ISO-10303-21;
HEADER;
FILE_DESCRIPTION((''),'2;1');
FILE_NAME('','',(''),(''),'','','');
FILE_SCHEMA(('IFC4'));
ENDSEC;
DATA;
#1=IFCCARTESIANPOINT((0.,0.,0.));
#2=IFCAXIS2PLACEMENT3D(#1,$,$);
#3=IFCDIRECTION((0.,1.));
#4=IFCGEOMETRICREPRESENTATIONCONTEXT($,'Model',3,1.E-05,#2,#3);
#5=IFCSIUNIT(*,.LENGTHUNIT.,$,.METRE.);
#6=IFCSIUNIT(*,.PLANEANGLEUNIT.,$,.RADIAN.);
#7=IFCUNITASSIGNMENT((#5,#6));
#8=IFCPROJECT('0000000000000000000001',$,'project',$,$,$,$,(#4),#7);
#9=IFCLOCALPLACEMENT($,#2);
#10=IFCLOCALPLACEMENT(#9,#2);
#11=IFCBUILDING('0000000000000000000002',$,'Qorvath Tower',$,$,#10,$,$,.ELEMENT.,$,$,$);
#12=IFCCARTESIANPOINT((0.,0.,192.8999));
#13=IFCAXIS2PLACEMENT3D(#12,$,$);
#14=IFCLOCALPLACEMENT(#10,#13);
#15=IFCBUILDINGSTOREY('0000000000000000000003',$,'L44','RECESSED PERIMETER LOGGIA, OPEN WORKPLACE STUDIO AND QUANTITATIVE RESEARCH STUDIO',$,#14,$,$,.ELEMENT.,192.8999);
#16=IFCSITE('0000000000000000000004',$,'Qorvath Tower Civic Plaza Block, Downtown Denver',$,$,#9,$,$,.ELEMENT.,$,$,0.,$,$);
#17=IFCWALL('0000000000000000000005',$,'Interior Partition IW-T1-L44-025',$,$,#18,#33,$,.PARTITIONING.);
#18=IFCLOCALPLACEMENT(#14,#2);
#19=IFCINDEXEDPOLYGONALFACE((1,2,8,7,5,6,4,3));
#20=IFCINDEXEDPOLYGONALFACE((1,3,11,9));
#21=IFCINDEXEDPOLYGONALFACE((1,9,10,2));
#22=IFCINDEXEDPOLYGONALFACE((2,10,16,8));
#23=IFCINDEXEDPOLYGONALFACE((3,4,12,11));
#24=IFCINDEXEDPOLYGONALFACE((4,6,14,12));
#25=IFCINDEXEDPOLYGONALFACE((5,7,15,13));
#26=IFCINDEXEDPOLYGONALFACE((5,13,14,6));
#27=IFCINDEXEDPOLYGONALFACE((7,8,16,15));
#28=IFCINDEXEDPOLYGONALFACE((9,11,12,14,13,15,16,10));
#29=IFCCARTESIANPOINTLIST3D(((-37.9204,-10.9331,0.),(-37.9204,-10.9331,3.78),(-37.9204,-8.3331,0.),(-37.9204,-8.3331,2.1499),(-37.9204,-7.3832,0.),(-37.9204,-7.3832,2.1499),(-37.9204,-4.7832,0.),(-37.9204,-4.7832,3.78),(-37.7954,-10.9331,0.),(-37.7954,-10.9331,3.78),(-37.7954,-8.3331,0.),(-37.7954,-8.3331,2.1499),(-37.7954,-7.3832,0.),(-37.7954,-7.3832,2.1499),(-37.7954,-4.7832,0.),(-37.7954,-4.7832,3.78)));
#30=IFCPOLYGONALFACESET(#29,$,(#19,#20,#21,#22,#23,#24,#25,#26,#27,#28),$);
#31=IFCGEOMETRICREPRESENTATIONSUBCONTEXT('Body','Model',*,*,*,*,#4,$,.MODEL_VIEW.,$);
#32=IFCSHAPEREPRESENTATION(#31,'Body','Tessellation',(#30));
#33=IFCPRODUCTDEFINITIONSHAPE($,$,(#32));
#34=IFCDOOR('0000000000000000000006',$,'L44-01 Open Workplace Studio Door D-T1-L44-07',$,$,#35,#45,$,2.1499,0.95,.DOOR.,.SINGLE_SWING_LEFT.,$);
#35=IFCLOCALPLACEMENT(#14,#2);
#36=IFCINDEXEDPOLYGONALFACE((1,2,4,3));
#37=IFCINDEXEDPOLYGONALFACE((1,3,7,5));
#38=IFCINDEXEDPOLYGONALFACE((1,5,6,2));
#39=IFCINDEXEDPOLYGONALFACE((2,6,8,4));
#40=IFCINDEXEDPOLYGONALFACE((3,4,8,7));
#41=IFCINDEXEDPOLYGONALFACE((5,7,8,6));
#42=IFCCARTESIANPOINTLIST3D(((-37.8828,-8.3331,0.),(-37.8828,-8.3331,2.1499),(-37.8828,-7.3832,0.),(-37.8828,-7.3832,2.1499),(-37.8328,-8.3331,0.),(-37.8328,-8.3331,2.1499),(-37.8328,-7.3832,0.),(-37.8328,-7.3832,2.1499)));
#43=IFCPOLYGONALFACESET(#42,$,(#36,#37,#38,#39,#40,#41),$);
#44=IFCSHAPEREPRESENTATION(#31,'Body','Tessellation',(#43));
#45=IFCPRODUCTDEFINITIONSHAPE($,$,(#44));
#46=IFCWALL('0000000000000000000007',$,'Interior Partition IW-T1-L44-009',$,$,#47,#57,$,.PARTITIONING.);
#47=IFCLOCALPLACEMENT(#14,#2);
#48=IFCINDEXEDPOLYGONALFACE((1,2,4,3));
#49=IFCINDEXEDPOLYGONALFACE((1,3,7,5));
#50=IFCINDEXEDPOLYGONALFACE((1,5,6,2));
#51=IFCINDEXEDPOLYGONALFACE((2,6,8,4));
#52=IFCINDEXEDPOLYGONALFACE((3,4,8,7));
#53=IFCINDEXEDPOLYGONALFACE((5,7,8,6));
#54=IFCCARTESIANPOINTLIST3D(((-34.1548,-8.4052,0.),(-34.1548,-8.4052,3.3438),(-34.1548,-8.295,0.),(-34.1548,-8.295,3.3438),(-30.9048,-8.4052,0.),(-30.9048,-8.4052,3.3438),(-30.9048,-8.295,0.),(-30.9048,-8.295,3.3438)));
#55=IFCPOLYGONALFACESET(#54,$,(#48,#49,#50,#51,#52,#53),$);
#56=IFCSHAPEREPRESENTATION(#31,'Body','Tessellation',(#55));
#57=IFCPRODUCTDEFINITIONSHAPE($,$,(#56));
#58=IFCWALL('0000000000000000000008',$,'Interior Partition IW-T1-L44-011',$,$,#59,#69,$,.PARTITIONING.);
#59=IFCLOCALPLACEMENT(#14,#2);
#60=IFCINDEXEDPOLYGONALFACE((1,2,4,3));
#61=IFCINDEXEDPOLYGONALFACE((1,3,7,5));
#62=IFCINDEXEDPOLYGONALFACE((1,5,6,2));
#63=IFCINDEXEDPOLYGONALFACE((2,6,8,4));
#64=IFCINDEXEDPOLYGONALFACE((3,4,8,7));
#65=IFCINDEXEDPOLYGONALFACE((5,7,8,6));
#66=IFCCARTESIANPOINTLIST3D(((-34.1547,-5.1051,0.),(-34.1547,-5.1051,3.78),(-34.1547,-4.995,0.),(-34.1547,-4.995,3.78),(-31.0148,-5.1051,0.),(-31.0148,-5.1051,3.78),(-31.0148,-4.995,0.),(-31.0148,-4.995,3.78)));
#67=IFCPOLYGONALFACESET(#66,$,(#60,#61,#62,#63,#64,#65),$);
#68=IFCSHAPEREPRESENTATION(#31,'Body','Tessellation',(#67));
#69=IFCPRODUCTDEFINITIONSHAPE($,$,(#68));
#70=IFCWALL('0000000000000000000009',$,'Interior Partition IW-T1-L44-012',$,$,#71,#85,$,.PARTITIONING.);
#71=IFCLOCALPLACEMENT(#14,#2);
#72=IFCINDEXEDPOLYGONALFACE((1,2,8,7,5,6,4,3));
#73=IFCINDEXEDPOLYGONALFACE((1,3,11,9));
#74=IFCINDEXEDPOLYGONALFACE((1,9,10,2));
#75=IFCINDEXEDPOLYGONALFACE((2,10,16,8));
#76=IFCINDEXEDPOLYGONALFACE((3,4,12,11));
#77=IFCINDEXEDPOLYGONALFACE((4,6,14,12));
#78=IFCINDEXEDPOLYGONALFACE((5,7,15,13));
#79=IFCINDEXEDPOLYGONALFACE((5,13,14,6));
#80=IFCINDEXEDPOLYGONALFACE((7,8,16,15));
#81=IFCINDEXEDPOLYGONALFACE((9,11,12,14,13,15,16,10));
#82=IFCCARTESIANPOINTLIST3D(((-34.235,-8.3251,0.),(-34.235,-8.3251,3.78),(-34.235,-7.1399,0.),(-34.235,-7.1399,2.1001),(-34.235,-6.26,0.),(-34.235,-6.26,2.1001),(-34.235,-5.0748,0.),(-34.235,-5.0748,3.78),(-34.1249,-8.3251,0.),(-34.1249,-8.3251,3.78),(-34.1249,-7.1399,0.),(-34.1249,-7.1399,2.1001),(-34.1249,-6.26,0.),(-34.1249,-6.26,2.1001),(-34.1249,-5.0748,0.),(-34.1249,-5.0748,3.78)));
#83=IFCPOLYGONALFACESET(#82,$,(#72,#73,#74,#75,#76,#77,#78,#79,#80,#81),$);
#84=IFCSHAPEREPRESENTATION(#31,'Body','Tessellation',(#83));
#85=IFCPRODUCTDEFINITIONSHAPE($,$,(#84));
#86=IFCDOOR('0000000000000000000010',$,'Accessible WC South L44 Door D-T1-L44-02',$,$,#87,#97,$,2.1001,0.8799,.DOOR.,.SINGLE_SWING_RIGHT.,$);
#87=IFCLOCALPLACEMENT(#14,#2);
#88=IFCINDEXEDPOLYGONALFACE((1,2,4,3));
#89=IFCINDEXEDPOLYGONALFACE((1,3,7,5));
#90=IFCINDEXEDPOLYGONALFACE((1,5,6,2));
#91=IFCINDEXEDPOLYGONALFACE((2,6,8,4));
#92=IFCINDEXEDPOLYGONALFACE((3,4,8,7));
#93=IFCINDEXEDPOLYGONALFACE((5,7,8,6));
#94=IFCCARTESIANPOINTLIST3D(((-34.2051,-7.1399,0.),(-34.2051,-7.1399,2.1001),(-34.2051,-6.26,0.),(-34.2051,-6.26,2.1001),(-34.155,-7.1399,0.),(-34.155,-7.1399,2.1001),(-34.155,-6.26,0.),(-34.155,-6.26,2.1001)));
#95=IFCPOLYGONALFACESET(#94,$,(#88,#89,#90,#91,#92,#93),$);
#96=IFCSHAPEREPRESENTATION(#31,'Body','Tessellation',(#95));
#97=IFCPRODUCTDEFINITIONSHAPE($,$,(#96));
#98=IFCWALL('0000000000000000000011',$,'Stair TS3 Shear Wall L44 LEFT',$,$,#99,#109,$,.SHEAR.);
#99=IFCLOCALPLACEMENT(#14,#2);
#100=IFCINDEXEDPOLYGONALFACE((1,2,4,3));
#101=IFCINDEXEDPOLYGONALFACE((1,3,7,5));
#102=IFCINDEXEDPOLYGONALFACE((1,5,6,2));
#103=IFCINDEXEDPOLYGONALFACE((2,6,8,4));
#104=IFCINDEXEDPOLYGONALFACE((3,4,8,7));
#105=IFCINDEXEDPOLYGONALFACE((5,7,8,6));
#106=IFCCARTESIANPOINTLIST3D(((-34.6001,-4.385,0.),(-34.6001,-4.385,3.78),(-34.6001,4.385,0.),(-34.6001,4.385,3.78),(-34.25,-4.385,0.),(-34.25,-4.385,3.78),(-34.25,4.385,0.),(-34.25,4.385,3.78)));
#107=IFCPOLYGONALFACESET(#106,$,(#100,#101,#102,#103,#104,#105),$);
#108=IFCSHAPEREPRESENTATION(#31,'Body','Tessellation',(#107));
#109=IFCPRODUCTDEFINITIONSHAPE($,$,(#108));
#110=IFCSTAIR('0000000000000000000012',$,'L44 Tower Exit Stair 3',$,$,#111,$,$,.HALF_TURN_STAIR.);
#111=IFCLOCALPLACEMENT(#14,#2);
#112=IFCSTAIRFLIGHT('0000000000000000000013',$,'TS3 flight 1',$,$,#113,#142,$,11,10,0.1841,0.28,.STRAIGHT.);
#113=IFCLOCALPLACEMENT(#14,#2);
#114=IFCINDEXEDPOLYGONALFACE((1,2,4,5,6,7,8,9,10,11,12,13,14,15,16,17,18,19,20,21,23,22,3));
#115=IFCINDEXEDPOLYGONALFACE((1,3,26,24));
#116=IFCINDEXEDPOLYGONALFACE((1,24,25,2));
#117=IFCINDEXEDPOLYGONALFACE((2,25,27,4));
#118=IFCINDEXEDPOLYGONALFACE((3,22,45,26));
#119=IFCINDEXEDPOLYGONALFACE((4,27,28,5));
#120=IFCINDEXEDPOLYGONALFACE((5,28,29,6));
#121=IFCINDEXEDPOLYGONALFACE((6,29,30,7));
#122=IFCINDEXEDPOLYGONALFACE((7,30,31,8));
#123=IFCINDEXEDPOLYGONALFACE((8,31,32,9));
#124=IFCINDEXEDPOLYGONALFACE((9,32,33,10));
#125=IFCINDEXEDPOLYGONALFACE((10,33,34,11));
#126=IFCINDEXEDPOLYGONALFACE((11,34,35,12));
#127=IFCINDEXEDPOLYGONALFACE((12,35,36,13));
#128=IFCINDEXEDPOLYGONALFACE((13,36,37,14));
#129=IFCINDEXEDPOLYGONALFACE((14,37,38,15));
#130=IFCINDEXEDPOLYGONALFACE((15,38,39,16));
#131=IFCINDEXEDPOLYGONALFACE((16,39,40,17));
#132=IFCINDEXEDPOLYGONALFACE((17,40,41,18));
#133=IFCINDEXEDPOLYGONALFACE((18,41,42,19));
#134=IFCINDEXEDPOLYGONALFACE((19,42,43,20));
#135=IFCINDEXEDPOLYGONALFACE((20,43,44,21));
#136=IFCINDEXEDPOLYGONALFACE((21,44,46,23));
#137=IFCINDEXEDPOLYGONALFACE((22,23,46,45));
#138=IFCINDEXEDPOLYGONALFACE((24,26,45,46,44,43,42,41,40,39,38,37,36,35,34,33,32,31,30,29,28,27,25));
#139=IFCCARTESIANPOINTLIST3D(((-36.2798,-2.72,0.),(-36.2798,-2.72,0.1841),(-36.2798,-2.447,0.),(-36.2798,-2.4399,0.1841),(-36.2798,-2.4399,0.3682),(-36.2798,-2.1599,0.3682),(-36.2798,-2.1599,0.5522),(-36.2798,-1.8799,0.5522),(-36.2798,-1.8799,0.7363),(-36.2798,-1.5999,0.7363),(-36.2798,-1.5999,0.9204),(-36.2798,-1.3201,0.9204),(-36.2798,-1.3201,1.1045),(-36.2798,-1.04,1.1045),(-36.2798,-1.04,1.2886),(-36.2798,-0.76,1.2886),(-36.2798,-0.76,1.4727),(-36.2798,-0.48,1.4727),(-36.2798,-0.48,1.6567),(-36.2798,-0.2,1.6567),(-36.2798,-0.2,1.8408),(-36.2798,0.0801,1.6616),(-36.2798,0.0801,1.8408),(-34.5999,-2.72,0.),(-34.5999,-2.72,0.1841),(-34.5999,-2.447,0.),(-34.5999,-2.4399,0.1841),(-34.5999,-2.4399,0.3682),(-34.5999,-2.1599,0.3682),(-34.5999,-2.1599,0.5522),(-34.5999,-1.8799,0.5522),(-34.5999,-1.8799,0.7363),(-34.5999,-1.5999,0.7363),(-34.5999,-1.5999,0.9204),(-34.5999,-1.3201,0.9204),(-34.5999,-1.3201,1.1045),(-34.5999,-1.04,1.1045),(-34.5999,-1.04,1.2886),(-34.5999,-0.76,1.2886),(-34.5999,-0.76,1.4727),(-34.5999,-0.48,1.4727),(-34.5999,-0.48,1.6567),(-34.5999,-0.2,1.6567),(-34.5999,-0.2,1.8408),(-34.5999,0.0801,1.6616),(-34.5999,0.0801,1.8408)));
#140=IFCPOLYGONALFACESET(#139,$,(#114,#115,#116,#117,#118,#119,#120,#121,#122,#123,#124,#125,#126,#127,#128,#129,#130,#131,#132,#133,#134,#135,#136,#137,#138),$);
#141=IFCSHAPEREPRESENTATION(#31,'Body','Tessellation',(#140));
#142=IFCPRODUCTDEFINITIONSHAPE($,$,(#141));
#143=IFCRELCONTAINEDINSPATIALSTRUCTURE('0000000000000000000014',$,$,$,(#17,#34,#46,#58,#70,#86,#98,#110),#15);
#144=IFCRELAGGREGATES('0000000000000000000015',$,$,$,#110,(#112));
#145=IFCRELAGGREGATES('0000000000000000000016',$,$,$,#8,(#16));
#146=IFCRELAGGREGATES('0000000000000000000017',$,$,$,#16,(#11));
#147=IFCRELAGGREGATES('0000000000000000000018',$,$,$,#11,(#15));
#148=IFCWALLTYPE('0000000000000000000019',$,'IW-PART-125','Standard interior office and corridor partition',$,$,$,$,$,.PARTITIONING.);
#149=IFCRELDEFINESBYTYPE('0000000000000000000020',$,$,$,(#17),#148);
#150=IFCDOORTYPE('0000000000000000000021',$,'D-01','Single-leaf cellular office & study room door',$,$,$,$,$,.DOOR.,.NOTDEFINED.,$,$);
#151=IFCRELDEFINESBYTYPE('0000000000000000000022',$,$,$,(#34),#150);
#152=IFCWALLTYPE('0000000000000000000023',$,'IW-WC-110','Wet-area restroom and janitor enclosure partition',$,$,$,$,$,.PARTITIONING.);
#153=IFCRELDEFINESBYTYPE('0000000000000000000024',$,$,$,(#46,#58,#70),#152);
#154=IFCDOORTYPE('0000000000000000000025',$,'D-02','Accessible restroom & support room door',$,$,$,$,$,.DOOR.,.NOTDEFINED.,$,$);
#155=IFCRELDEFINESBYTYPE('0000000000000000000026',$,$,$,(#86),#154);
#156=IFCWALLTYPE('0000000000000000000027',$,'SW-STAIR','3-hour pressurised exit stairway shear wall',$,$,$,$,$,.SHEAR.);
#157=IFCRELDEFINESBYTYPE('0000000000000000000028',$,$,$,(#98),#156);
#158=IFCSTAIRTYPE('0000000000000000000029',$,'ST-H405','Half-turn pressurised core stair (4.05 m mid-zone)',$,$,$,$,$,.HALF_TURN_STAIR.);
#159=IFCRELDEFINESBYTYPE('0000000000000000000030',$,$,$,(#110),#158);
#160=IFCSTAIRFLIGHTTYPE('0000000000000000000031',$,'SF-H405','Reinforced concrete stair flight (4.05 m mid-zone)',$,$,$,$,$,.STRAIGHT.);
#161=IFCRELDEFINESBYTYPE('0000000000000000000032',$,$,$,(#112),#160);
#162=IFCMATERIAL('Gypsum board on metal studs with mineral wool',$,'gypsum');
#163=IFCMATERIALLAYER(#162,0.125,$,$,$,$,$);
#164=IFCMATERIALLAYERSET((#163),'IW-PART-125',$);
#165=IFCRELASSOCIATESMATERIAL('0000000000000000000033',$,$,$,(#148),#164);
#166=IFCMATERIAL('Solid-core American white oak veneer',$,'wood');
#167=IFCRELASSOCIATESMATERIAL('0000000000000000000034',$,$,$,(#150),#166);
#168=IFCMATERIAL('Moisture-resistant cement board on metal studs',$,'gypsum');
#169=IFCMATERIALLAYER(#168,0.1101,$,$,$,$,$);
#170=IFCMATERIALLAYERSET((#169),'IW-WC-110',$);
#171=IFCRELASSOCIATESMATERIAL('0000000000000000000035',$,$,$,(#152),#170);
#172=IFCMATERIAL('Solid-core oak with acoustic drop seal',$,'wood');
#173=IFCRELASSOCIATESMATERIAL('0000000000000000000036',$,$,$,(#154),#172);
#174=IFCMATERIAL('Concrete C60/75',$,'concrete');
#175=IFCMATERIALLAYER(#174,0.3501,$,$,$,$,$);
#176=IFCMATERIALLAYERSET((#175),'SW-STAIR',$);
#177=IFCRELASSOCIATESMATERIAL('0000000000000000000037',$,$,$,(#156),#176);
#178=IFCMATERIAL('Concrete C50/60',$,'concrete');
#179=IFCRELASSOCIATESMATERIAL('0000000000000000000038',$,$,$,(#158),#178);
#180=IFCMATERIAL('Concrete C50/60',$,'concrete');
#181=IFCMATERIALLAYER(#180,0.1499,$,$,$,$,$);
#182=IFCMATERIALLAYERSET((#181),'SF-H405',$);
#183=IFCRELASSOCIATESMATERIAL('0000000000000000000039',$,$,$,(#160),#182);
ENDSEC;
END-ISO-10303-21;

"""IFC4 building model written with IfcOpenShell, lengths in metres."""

from ifc_helpers import new_model, si_unit, direction, frame, frame_2d, origin, place, context, subcontext, project, spatial, polyline, rectangle, outline, extrude, material, layer, layer_set, type_object, element, fill, aggregate, save


model = new_model("IFC4")

# Units and contexts
model_context = context("Model", 3, precision=1e-05, world=origin(), true_north=direction((0.0, 1.0)))
body_context = subcontext(model_context, "Body", "Model", "MODEL_VIEW")
ifc_project = project(units=[si_unit("LENGTHUNIT", "METRE"), si_unit("PLANEANGLEUNIT", "RADIAN")], contexts=[model_context])

# Site, building, storey
site_placement = place(None, origin())
site = spatial("IfcSite", under=ifc_project, at=site_placement, Name="Qorvath Tower Civic Plaza Block, Downtown Denver", CompositionType="ELEMENT", RefElevation=0.0)
building_placement = place(site_placement, origin())
building = spatial("IfcBuilding", under=site, at=building_placement, Name="Qorvath Tower", CompositionType="ELEMENT")
storey_placement = place(building_placement, frame((0.0, 0.0, 192.8999)))
storey = spatial("IfcBuildingStorey", under=building, at=storey_placement, Name="L44", Description="RECESSED PERIMETER LOGGIA, OPEN WORKPLACE STUDIO AND QUANTITATIVE RESEARCH STUDIO", CompositionType="ELEMENT", Elevation=192.8999)

# Shared definitions
ifc_material_1 = material(Name="Gypsum board on metal studs with mineral wool", Category="gypsum")
ifc_layer_1 = layer(ifc_material_1, 0.125)
ifc_layer_set_1 = layer_set([ifc_layer_1], Name="IW-PART-125")
wall_type_1 = type_object("IfcWallType", Name="IW-PART-125", Description="Standard interior office and corridor partition", PredefinedType="PARTITIONING", material=ifc_layer_set_1)

# Wall, opening, door
wall_1_placement = place(storey_placement, frame((-37.8579, -10.9331, 0.0), z_axis=(0.0, 0.0, 1.0), x_axis=(0.0, 1.0, 0.0)))
wall_1 = element("IfcWall", 1, at=wall_1_placement, inside=storey, type_object=wall_type_1, Name="Interior Partition IW-T1-L44-025", PredefinedType="PARTITIONING", context=body_context, shape_type="SweptSolid", body=[
    extrude(rectangle(XDim=6.1499, YDim=0.125, at=frame_2d((3.075, 0.0))), origin(), (0.0, 0.0, 1.0), 3.78),
])
opening_1_placement = place(wall_1_placement, frame((2.5999, 0.0, 0.0)))
opening_1 = element("IfcOpeningElement", 2, at=opening_1_placement, cuts=wall_1, PredefinedType="OPENING", context=body_context, shape_type="SweptSolid", body=[
    extrude(rectangle(XDim=0.95, YDim=2.1499, at=frame_2d((0.4751, 1.075))), frame((0.0, 0.0725, 0.0), z_axis=(0.0, -1.0, 0.0), x_axis=(1.0, 0.0, 0.0)), (0.0, 0.0, 1.0), 0.145),
])
ifc_material_2 = material(Name="Solid-core American white oak veneer", Category="wood")
door_type_1 = type_object("IfcDoorType", Name="D-01", Description="Single-leaf cellular office & study room door", OperationType="NOTDEFINED", PredefinedType="DOOR", material=ifc_material_2)
door_1_placement = place(opening_1_placement, origin())
door_1 = element("IfcDoor", 3, at=door_1_placement, inside=storey, type_object=door_type_1, Name="L44-01 Open Workplace Studio Door D-T1-L44-07", OperationType="SINGLE_SWING_LEFT", OverallHeight=2.1499, OverallWidth=0.95, PredefinedType="DOOR", context=body_context, shape_type="SweptSolid", body=[
    extrude(rectangle(XDim=0.95, YDim=2.1499, at=frame_2d((0.4751, 1.075))), frame((0.0, 0.0249, 0.0), z_axis=(0.0, -1.0, 0.0), x_axis=(1.0, 0.0, 0.0)), (0.0, 0.0, 1.0), 0.05),
])
fill(opening_1, door_1)

# Walls
ifc_material_3 = material(Name="Moisture-resistant cement board on metal studs", Category="gypsum")
ifc_layer_2 = layer(ifc_material_3, 0.1101)
ifc_layer_set_2 = layer_set([ifc_layer_2], Name="IW-WC-110")
wall_type_2 = type_object("IfcWallType", Name="IW-WC-110", Description="Wet-area restroom and janitor enclosure partition", PredefinedType="PARTITIONING", material=ifc_layer_set_2)
wall_2_placement = place(storey_placement, frame((-34.1548, -8.3501, 0.0), z_axis=(0.0, 0.0, 1.0), x_axis=(1.0, 0.0, 0.0)))
element("IfcWall", 4, at=wall_2_placement, inside=storey, type_object=wall_type_2, Name="Interior Partition IW-T1-L44-009", PredefinedType="PARTITIONING", context=body_context, shape_type="SweptSolid", body=[
    extrude(rectangle(XDim=3.25, YDim=0.1101, at=frame_2d((1.625, 0.0))), origin(), (0.0, 0.0, 1.0), 3.3438),
])
wall_3_placement = place(storey_placement, frame((-31.0149, -5.05, 0.0), z_axis=(0.0, 0.0, 1.0), x_axis=(-1.0, 0.0, 0.0)))
element("IfcWall", 5, at=wall_3_placement, inside=storey, type_object=wall_type_2, Name="Interior Partition IW-T1-L44-011", PredefinedType="PARTITIONING", context=body_context, shape_type="SweptSolid", body=[
    extrude(rectangle(XDim=3.1399, YDim=0.1101, at=frame_2d((1.5698, 0.0))), origin(), (0.0, 0.0, 1.0), 3.78),
])

# Wall, opening, door
wall_4_placement = place(storey_placement, frame((-34.1799, -5.075, 0.0), z_axis=(0.0, 0.0, 1.0), x_axis=(0.0, -1.0, 0.0)))
wall_4 = element("IfcWall", 6, at=wall_4_placement, inside=storey, type_object=wall_type_2, Name="Interior Partition IW-T1-L44-012", PredefinedType="PARTITIONING", context=body_context, shape_type="SweptSolid", body=[
    extrude(rectangle(XDim=3.2502, YDim=0.1101, at=frame_2d((1.625, 0.0))), origin(), (0.0, 0.0, 1.0), 3.78),
])
opening_2_placement = place(wall_4_placement, frame((1.1851, 0.0, 0.0)))
opening_2 = element("IfcOpeningElement", 7, at=opening_2_placement, cuts=wall_4, PredefinedType="OPENING", context=body_context, shape_type="SweptSolid", body=[
    extrude(rectangle(XDim=0.8799, YDim=2.1001, at=frame_2d((0.4399, 1.05))), frame((0.0, 0.0649, 0.0), z_axis=(0.0, -1.0, 0.0), x_axis=(1.0, 0.0, 0.0)), (0.0, 0.0, 1.0), 0.1301),
])
ifc_material_4 = material(Name="Solid-core oak with acoustic drop seal", Category="wood")
door_type_2 = type_object("IfcDoorType", Name="D-02", Description="Accessible restroom & support room door", OperationType="NOTDEFINED", PredefinedType="DOOR", material=ifc_material_4)
door_2_placement = place(opening_2_placement, origin())
door_2 = element("IfcDoor", 8, at=door_2_placement, inside=storey, type_object=door_type_2, Name="Accessible WC South L44 Door D-T1-L44-02", OperationType="SINGLE_SWING_RIGHT", OverallHeight=2.1001, OverallWidth=0.8799, PredefinedType="DOOR", context=body_context, shape_type="SweptSolid", body=[
    extrude(rectangle(XDim=0.8799, YDim=2.1001, at=frame_2d((0.4399, 1.05))), frame((0.0, 0.0249, 0.0), z_axis=(0.0, -1.0, 0.0), x_axis=(1.0, 0.0, 0.0)), (0.0, 0.0, 1.0), 0.05),
])
fill(opening_2, door_2)

# Wall
ifc_material_5 = material(Name="Concrete C60/75", Category="concrete")
ifc_layer_3 = layer(ifc_material_5, 0.3501)
ifc_layer_set_3 = layer_set([ifc_layer_3], Name="SW-STAIR")
wall_type_3 = type_object("IfcWallType", Name="SW-STAIR", Description="3-hour pressurised exit stairway shear wall", PredefinedType="SHEAR", material=ifc_layer_set_3)
wall_5_placement = place(storey_placement, frame((-34.425, -4.385, 0.0), z_axis=(0.0, 0.0, 1.0), x_axis=(0.0, 1.0, 0.0)))
element("IfcWall", 9, at=wall_5_placement, inside=storey, type_object=wall_type_3, Name="Stair TS3 Shear Wall L44 LEFT", PredefinedType="SHEAR", context=body_context, shape_type="SweptSolid", body=[
    extrude(rectangle(XDim=8.77, YDim=0.3501, at=frame_2d((4.385, 0.0))), origin(), (0.0, 0.0, 1.0), 3.78),
])

# Stair, stair flight
ifc_material_6 = material(Name="Concrete C50/60", Category="concrete")
stair_type = type_object("IfcStairType", Name="ST-H405", Description="Half-turn pressurised core stair (4.05 m mid-zone)", PredefinedType="HALF_TURN_STAIR", material=ifc_material_6)
stair_placement = place(storey_placement, origin())
stair = element("IfcStair", 10, at=stair_placement, inside=storey, type_object=stair_type, Name="L44 Tower Exit Stair 3", PredefinedType="HALF_TURN_STAIR")
ifc_material_7 = material(Name="Concrete C50/60", Category="concrete")
ifc_layer_4 = layer(ifc_material_7, 0.1499)
ifc_layer_set_4 = layer_set([ifc_layer_4], Name="SF-H405")
stair_flight_type = type_object("IfcStairFlightType", Name="SF-H405", Description="Reinforced concrete stair flight (4.05 m mid-zone)", PredefinedType="STRAIGHT", material=ifc_layer_set_4)
stair_flight_placement = place(storey_placement, frame((-35.4399, -2.72, 0.0), z_axis=(0.0, 0.0, 1.0), x_axis=(0.0, 1.0, 0.0)))
stair_flight = element("IfcStairFlight", 11, at=stair_flight_placement, type_object=stair_flight_type, Name="TS3 flight 1", NumberOfRisers=11, NumberOfTreads=10, PredefinedType="STRAIGHT", RiserHeight=0.1841, TreadLength=0.28, context=body_context, shape_type="SweptSolid", body=[
    extrude(outline(polyline([(0.0, 0.0), (0.0, 0.1841), (0.28, 0.1841), (0.28, 0.3682), (0.5601, 0.3682), (0.5601, 0.5522), (0.8401, 0.5522), (0.8401, 0.7363), (1.1201, 0.7363), (1.1201, 0.9204), (1.3999, 0.9204), (1.3999, 1.1045), (1.6799, 1.1045), (1.6799, 1.2886), (1.96, 1.2886), (1.96, 1.4727), (2.24, 1.4727), (2.24, 1.6567), (2.52, 1.6567), (2.52, 1.8408), (2.8, 1.8408), (2.8, 2.0249), (2.8, 1.6616), (0.2729, 0.0), (0.0, 0.0)])), frame((0.0, 0.8398, 0.0), z_axis=(0.0, -1.0, 0.0), x_axis=(1.0, 0.0, 0.0)), (0.0, 0.0, 1.0), 1.6799),
])
aggregate(stair, [stair_flight])

save(model, "model.ifc")
